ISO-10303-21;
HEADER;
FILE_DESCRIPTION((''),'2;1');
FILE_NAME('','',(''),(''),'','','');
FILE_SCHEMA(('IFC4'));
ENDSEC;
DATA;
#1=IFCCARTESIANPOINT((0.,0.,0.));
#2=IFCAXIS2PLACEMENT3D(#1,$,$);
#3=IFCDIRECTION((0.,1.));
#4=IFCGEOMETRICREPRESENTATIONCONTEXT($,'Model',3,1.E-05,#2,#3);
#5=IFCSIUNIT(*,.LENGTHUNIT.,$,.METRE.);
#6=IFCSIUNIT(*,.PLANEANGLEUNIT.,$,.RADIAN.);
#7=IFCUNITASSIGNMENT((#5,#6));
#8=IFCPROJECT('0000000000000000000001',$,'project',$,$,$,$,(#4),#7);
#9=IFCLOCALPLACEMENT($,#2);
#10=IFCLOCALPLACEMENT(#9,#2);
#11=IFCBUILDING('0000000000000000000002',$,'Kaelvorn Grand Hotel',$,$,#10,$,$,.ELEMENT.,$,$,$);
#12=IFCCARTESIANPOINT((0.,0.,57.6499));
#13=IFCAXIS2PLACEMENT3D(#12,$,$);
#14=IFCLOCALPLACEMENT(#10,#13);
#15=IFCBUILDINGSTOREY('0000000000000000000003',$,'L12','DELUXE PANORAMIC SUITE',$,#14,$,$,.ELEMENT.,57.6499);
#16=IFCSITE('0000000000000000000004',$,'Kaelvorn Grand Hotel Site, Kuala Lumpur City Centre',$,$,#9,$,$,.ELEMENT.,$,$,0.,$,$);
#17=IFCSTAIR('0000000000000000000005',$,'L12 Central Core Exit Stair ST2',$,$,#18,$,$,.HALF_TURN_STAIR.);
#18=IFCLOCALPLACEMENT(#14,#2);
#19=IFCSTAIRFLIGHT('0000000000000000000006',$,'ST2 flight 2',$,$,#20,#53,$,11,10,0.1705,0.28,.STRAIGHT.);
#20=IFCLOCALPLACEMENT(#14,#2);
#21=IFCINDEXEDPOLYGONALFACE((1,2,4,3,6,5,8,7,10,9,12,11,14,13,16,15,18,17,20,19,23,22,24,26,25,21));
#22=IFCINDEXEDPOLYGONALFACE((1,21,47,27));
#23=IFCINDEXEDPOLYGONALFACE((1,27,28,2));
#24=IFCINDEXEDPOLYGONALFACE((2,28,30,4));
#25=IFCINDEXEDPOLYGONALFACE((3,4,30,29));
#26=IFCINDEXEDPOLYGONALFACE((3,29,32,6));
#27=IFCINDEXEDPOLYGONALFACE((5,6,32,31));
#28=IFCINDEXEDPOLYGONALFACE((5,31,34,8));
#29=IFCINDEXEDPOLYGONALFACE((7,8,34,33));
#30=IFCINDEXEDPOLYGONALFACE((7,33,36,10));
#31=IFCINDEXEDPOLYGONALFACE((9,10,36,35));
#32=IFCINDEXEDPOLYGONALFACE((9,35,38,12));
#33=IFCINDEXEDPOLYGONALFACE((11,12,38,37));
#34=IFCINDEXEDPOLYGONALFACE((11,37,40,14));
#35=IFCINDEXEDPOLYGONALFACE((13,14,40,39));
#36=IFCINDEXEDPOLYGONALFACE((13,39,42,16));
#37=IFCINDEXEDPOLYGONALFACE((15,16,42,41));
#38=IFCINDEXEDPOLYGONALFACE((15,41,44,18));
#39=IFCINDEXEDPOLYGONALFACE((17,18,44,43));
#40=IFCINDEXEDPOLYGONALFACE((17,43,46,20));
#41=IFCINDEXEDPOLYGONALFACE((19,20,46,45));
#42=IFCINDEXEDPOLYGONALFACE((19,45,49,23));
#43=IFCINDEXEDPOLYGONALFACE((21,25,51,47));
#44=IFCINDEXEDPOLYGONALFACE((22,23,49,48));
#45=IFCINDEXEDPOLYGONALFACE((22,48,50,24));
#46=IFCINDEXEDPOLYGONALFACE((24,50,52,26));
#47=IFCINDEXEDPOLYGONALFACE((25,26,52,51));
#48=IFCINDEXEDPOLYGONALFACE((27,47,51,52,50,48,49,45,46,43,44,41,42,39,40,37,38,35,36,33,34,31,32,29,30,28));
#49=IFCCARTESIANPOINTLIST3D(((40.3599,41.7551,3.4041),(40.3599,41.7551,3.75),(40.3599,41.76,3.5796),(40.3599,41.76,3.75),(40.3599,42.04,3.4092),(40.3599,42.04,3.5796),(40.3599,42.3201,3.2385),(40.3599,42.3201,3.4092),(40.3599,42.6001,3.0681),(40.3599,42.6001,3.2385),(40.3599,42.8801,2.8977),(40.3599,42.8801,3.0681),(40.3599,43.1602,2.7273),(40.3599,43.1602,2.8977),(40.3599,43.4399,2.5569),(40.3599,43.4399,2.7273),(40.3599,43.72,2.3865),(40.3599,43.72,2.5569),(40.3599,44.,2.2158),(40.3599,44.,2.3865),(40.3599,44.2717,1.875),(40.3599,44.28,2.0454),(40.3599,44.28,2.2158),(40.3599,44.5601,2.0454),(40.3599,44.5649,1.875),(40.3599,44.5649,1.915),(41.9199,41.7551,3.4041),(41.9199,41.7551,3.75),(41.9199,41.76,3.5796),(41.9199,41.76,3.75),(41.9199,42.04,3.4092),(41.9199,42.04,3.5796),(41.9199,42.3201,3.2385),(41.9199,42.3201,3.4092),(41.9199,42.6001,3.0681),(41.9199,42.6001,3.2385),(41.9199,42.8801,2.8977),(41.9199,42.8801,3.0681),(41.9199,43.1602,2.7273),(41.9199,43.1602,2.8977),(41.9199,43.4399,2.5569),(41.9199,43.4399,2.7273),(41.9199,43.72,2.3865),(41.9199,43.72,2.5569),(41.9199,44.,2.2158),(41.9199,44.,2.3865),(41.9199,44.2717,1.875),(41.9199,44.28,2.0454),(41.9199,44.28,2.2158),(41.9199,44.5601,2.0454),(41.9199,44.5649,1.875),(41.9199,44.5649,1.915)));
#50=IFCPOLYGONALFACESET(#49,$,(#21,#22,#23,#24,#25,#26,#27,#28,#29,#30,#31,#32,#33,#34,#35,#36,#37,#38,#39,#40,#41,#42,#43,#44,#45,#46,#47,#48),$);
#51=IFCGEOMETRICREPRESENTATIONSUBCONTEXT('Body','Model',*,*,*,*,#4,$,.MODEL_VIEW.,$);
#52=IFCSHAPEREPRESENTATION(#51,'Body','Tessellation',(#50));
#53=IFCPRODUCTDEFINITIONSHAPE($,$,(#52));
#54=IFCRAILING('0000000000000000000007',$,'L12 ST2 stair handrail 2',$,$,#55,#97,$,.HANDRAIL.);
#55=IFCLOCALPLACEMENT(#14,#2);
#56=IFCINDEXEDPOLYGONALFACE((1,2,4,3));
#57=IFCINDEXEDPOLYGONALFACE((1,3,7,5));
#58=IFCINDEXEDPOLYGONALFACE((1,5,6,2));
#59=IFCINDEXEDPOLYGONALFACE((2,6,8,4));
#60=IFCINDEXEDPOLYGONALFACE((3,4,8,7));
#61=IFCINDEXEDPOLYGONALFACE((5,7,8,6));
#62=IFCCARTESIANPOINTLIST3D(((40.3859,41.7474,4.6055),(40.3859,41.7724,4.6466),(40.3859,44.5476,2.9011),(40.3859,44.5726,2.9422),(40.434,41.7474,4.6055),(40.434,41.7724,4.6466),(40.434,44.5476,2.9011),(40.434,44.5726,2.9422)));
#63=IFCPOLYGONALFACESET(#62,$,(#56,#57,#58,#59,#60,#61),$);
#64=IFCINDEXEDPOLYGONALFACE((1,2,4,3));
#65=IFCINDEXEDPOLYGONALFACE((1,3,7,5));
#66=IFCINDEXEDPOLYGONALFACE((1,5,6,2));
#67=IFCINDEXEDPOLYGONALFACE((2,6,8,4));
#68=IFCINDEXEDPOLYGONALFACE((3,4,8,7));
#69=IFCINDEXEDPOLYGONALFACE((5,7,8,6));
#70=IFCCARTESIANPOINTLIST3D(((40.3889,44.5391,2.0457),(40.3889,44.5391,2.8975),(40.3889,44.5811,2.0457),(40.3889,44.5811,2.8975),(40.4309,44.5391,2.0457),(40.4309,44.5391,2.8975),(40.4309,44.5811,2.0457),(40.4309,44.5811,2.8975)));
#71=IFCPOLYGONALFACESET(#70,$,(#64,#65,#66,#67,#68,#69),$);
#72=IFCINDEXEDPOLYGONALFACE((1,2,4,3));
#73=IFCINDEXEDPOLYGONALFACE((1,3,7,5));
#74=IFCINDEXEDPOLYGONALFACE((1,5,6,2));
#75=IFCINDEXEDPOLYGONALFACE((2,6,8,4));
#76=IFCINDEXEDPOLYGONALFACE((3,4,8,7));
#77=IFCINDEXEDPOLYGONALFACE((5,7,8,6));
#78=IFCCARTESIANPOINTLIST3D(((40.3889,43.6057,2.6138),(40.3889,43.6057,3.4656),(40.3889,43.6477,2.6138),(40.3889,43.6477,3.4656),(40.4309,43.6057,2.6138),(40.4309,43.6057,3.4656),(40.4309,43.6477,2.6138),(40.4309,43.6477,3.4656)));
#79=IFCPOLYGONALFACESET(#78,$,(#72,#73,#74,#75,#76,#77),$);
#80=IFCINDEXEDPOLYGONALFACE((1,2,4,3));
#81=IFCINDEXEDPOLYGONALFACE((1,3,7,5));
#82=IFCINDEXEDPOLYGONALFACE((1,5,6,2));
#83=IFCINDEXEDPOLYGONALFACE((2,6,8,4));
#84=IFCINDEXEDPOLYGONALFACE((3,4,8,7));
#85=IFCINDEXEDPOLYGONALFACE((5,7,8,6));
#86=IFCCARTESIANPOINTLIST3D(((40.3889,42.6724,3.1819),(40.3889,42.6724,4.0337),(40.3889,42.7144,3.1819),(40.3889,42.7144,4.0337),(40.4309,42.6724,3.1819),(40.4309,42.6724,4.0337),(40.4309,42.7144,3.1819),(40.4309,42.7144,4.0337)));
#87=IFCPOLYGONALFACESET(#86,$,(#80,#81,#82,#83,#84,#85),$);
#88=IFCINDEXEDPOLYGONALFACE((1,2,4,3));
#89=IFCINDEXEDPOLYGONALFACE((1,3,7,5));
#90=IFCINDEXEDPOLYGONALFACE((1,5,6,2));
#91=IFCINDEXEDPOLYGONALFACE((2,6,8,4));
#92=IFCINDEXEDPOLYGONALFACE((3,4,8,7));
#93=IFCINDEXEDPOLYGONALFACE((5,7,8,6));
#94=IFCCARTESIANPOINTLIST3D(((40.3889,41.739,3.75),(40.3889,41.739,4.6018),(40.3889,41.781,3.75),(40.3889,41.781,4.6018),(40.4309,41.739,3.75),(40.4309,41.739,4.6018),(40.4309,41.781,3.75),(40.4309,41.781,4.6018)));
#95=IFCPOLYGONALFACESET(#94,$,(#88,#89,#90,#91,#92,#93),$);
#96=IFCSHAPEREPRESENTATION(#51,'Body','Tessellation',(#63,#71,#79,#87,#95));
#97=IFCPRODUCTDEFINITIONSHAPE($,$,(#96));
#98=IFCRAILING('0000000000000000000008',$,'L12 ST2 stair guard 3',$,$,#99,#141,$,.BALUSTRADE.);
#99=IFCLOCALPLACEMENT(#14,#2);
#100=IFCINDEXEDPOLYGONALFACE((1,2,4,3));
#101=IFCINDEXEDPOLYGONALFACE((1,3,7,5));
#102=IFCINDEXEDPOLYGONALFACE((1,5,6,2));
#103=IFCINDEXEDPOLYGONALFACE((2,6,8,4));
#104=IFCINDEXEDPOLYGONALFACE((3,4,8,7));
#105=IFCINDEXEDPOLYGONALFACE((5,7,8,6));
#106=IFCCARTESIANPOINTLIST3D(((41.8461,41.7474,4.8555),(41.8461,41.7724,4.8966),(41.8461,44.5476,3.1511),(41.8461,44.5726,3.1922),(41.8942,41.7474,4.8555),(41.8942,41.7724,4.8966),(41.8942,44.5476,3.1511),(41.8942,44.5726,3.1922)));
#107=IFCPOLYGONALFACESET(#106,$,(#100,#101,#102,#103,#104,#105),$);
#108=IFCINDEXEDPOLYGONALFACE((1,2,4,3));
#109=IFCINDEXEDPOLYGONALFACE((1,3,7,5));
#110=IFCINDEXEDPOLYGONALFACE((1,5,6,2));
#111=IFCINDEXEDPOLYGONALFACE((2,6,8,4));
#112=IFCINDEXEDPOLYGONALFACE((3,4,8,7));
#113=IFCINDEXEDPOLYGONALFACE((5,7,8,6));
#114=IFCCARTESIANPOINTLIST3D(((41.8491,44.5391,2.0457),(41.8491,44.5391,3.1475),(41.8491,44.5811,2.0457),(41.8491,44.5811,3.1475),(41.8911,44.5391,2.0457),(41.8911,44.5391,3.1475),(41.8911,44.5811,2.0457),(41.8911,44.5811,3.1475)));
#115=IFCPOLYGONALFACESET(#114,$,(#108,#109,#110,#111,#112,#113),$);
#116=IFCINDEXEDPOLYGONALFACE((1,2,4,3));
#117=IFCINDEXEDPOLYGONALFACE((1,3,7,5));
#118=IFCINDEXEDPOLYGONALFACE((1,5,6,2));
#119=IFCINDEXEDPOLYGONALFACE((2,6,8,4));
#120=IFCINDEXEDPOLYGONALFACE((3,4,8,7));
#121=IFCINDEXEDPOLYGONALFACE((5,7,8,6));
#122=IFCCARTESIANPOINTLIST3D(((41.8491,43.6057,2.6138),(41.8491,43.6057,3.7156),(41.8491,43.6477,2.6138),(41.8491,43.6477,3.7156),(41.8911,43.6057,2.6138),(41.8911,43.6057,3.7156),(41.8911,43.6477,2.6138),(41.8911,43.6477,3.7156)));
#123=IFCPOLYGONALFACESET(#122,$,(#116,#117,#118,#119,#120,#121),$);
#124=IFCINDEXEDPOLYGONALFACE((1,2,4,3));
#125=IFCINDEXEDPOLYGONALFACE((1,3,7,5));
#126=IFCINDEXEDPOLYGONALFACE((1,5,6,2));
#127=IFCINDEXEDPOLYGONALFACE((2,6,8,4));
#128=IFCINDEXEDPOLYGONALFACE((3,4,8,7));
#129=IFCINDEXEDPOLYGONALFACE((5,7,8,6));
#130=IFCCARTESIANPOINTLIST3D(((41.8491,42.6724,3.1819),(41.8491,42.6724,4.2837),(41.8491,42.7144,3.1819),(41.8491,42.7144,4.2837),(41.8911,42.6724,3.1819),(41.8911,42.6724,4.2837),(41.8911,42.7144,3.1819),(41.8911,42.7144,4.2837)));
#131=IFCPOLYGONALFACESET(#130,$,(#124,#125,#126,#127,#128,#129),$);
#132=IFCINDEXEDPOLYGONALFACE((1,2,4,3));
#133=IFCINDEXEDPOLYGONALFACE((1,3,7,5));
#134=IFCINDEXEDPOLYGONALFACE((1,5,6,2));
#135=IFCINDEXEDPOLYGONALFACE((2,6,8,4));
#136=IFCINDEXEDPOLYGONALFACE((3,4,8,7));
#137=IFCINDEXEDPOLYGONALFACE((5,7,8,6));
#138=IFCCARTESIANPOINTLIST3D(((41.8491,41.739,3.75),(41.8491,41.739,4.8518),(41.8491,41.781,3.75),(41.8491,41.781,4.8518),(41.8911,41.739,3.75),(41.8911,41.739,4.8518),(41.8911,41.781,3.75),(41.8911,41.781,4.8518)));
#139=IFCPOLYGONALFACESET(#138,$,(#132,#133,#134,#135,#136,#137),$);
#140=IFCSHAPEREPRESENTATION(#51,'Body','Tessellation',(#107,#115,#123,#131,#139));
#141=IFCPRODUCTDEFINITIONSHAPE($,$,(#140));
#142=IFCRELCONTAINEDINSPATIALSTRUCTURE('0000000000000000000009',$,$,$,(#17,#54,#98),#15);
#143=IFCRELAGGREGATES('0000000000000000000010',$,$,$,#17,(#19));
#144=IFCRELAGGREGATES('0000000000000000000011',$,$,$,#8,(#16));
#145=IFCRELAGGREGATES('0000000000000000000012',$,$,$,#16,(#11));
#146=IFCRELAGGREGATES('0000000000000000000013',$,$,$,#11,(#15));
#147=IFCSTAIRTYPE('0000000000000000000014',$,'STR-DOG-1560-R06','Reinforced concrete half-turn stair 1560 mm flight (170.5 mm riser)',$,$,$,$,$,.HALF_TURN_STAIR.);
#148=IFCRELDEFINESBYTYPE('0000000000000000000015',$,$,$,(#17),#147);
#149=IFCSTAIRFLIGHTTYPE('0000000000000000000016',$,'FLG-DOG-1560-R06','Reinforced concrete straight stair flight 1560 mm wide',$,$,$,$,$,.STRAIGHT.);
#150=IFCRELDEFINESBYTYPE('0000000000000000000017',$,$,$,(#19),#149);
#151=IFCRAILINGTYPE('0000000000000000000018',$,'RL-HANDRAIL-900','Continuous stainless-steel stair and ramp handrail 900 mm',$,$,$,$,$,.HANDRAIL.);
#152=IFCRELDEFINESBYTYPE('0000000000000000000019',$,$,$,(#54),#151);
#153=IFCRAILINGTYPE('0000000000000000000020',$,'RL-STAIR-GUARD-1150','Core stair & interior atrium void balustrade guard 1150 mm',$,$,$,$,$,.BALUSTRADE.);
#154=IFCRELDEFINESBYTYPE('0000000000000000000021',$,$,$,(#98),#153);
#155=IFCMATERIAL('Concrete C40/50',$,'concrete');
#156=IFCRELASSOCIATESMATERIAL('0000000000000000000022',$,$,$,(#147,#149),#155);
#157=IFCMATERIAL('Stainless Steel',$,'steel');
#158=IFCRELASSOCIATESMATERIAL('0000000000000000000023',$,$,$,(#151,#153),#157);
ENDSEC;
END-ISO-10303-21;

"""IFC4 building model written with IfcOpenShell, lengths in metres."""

from ifc_helpers import new_model, si_unit, direction, frame, origin, origin_2d, place, context, subcontext, project, spatial, polyline, rectangle, outline, extrude, material, type_object, element, aggregate, save


model = new_model("IFC4")

# Units and contexts
model_context = context("Model", 3, precision=1e-05, world=origin(), true_north=direction((0.0, 1.0)))
body_context = subcontext(model_context, "Body", "Model", "MODEL_VIEW")
ifc_project = project(units=[si_unit("LENGTHUNIT", "METRE"), si_unit("PLANEANGLEUNIT", "RADIAN")], contexts=[model_context])

# Site, building, storey
site_placement = place(None, origin())
site = spatial("IfcSite", under=ifc_project, at=site_placement, Name="Kaelvorn Grand Hotel Site, Kuala Lumpur City Centre", CompositionType="ELEMENT", RefElevation=0.0)
building_placement = place(site_placement, origin())
building = spatial("IfcBuilding", under=site, at=building_placement, Name="Kaelvorn Grand Hotel", CompositionType="ELEMENT")
storey_placement = place(building_placement, frame((0.0, 0.0, 57.6499)))
storey = spatial("IfcBuildingStorey", under=building, at=storey_placement, Name="L12", Description="DELUXE PANORAMIC SUITE", CompositionType="ELEMENT", Elevation=57.6499)

# Shared definitions
ifc_material_1 = material(Name="Concrete C40/50", Category="concrete")

# Stair, stair flight
stair_type = type_object("IfcStairType", Name="STR-DOG-1560-R06", Description="Reinforced concrete half-turn stair 1560 mm flight (170.5 mm riser)", PredefinedType="HALF_TURN_STAIR", material=ifc_material_1)
stair_placement = place(storey_placement, origin())
stair = element("IfcStair", 1, at=stair_placement, inside=storey, type_object=stair_type, Name="L12 Central Core Exit Stair ST2", PredefinedType="HALF_TURN_STAIR")
stair_flight_type = type_object("IfcStairFlightType", Name="FLG-DOG-1560-R06", Description="Reinforced concrete straight stair flight 1560 mm wide", PredefinedType="STRAIGHT", material=ifc_material_1)
stair_flight_placement = place(storey_placement, frame((41.1399, 44.5601, 1.875), z_axis=(0.0, 0.0, 1.0), x_axis=(0.0, -1.0, 0.0)))
stair_flight = element("IfcStairFlight", 2, at=stair_flight_placement, type_object=stair_flight_type, Name="ST2 flight 2", NumberOfRisers=11, NumberOfTreads=10, PredefinedType="STRAIGHT", RiserHeight=0.1705, TreadLength=0.28, context=body_context, shape_type="SweptSolid", body=[
    extrude(outline(polyline([(-0.0049, 0.0), (-0.0049, 0.04), (0.0, 0.1704), (0.28, 0.1704), (0.28, 0.3408), (0.5601, 0.3408), (0.5601, 0.5115), (0.8401, 0.5115), (0.8401, 0.6819), (1.1201, 0.6819), (1.1201, 0.8523), (1.3999, 0.8523), (1.3999, 1.0227), (1.6799, 1.0227), (1.6799, 1.1931), (1.96, 1.1931), (1.96, 1.3635), (2.24, 1.3635), (2.24, 1.5342), (2.52, 1.5342), (2.52, 1.7046), (2.8, 1.7046), (2.8, 1.875), (2.8049, 1.875), (2.8049, 1.5291), (0.2883, 0.0), (-0.0049, 0.0)])), frame((0.0, 0.78, 0.0), z_axis=(0.0, -1.0, 0.0), x_axis=(1.0, 0.0, 0.0)), (0.0, 0.0, 1.0), 1.5601),
])
aggregate(stair, [stair_flight])

# Railings
ifc_material_2 = material(Name="Stainless Steel", Category="steel")
railing_type_1 = type_object("IfcRailingType", Name="RL-HANDRAIL-900", Description="Continuous stainless-steel stair and ramp handrail 900 mm", PredefinedType="HANDRAIL", material=ifc_material_2)
railing_1_placement = place(storey_placement, frame((40.4099, 44.5601, 2.0457)))
element("IfcRailing", 3, at=railing_1_placement, inside=storey, type_object=railing_type_1, Name="L12 ST2 stair handrail 2", PredefinedType="HANDRAIL", context=body_context, shape_type="SweptSolid", body=[
    extrude(rectangle(XDim=0.0481, YDim=0.0481, at=origin_2d()), frame((0.0, 0.0, 0.876), z_axis=(0.0, -0.854203, 0.51994), x_axis=(1.0, 0.0, 0.0)), (0.0, 0.0, 1.0), 3.2781),
    extrude(rectangle(XDim=0.042, YDim=0.042, at=origin_2d()), origin(), (0.0, 0.0, 1.0), 0.8518),
    extrude(rectangle(XDim=0.042, YDim=0.042, at=origin_2d()), frame((0.0, -0.9333, 0.5681)), (0.0, 0.0, 1.0), 0.8518),
    extrude(rectangle(XDim=0.042, YDim=0.042, at=origin_2d()), frame((0.0, -1.8667, 1.1362)), (0.0, 0.0, 1.0), 0.8518),
    extrude(rectangle(XDim=0.042, YDim=0.042, at=origin_2d()), frame((0.0, -2.8, 1.7043)), (0.0, 0.0, 1.0), 0.8518),
])
railing_type_2 = type_object("IfcRailingType", Name="RL-STAIR-GUARD-1150", Description="Core stair & interior atrium void balustrade guard 1150 mm", PredefinedType="BALUSTRADE", material=ifc_material_2)
railing_2_placement = place(storey_placement, frame((41.8701, 44.5601, 2.0457)))
element("IfcRailing", 4, at=railing_2_placement, inside=storey, type_object=railing_type_2, Name="L12 ST2 stair guard 3", PredefinedType="BALUSTRADE", context=body_context, shape_type="SweptSolid", body=[
    extrude(rectangle(XDim=0.0481, YDim=0.0481, at=origin_2d()), frame((0.0, 0.0, 1.126), z_axis=(0.0, -0.854203, 0.51994), x_axis=(1.0, 0.0, 0.0)), (0.0, 0.0, 1.0), 3.2781),
    extrude(rectangle(XDim=0.042, YDim=0.042, at=origin_2d()), origin(), (0.0, 0.0, 1.0), 1.1018),
    extrude(rectangle(XDim=0.042, YDim=0.042, at=origin_2d()), frame((0.0, -0.9333, 0.5681)), (0.0, 0.0, 1.0), 1.1018),
    extrude(rectangle(XDim=0.042, YDim=0.042, at=origin_2d()), frame((0.0, -1.8667, 1.1362)), (0.0, 0.0, 1.0), 1.1018),
    extrude(rectangle(XDim=0.042, YDim=0.042, at=origin_2d()), frame((0.0, -2.8, 1.7043)), (0.0, 0.0, 1.0), 1.1018),
])

save(model, "model.ifc")
